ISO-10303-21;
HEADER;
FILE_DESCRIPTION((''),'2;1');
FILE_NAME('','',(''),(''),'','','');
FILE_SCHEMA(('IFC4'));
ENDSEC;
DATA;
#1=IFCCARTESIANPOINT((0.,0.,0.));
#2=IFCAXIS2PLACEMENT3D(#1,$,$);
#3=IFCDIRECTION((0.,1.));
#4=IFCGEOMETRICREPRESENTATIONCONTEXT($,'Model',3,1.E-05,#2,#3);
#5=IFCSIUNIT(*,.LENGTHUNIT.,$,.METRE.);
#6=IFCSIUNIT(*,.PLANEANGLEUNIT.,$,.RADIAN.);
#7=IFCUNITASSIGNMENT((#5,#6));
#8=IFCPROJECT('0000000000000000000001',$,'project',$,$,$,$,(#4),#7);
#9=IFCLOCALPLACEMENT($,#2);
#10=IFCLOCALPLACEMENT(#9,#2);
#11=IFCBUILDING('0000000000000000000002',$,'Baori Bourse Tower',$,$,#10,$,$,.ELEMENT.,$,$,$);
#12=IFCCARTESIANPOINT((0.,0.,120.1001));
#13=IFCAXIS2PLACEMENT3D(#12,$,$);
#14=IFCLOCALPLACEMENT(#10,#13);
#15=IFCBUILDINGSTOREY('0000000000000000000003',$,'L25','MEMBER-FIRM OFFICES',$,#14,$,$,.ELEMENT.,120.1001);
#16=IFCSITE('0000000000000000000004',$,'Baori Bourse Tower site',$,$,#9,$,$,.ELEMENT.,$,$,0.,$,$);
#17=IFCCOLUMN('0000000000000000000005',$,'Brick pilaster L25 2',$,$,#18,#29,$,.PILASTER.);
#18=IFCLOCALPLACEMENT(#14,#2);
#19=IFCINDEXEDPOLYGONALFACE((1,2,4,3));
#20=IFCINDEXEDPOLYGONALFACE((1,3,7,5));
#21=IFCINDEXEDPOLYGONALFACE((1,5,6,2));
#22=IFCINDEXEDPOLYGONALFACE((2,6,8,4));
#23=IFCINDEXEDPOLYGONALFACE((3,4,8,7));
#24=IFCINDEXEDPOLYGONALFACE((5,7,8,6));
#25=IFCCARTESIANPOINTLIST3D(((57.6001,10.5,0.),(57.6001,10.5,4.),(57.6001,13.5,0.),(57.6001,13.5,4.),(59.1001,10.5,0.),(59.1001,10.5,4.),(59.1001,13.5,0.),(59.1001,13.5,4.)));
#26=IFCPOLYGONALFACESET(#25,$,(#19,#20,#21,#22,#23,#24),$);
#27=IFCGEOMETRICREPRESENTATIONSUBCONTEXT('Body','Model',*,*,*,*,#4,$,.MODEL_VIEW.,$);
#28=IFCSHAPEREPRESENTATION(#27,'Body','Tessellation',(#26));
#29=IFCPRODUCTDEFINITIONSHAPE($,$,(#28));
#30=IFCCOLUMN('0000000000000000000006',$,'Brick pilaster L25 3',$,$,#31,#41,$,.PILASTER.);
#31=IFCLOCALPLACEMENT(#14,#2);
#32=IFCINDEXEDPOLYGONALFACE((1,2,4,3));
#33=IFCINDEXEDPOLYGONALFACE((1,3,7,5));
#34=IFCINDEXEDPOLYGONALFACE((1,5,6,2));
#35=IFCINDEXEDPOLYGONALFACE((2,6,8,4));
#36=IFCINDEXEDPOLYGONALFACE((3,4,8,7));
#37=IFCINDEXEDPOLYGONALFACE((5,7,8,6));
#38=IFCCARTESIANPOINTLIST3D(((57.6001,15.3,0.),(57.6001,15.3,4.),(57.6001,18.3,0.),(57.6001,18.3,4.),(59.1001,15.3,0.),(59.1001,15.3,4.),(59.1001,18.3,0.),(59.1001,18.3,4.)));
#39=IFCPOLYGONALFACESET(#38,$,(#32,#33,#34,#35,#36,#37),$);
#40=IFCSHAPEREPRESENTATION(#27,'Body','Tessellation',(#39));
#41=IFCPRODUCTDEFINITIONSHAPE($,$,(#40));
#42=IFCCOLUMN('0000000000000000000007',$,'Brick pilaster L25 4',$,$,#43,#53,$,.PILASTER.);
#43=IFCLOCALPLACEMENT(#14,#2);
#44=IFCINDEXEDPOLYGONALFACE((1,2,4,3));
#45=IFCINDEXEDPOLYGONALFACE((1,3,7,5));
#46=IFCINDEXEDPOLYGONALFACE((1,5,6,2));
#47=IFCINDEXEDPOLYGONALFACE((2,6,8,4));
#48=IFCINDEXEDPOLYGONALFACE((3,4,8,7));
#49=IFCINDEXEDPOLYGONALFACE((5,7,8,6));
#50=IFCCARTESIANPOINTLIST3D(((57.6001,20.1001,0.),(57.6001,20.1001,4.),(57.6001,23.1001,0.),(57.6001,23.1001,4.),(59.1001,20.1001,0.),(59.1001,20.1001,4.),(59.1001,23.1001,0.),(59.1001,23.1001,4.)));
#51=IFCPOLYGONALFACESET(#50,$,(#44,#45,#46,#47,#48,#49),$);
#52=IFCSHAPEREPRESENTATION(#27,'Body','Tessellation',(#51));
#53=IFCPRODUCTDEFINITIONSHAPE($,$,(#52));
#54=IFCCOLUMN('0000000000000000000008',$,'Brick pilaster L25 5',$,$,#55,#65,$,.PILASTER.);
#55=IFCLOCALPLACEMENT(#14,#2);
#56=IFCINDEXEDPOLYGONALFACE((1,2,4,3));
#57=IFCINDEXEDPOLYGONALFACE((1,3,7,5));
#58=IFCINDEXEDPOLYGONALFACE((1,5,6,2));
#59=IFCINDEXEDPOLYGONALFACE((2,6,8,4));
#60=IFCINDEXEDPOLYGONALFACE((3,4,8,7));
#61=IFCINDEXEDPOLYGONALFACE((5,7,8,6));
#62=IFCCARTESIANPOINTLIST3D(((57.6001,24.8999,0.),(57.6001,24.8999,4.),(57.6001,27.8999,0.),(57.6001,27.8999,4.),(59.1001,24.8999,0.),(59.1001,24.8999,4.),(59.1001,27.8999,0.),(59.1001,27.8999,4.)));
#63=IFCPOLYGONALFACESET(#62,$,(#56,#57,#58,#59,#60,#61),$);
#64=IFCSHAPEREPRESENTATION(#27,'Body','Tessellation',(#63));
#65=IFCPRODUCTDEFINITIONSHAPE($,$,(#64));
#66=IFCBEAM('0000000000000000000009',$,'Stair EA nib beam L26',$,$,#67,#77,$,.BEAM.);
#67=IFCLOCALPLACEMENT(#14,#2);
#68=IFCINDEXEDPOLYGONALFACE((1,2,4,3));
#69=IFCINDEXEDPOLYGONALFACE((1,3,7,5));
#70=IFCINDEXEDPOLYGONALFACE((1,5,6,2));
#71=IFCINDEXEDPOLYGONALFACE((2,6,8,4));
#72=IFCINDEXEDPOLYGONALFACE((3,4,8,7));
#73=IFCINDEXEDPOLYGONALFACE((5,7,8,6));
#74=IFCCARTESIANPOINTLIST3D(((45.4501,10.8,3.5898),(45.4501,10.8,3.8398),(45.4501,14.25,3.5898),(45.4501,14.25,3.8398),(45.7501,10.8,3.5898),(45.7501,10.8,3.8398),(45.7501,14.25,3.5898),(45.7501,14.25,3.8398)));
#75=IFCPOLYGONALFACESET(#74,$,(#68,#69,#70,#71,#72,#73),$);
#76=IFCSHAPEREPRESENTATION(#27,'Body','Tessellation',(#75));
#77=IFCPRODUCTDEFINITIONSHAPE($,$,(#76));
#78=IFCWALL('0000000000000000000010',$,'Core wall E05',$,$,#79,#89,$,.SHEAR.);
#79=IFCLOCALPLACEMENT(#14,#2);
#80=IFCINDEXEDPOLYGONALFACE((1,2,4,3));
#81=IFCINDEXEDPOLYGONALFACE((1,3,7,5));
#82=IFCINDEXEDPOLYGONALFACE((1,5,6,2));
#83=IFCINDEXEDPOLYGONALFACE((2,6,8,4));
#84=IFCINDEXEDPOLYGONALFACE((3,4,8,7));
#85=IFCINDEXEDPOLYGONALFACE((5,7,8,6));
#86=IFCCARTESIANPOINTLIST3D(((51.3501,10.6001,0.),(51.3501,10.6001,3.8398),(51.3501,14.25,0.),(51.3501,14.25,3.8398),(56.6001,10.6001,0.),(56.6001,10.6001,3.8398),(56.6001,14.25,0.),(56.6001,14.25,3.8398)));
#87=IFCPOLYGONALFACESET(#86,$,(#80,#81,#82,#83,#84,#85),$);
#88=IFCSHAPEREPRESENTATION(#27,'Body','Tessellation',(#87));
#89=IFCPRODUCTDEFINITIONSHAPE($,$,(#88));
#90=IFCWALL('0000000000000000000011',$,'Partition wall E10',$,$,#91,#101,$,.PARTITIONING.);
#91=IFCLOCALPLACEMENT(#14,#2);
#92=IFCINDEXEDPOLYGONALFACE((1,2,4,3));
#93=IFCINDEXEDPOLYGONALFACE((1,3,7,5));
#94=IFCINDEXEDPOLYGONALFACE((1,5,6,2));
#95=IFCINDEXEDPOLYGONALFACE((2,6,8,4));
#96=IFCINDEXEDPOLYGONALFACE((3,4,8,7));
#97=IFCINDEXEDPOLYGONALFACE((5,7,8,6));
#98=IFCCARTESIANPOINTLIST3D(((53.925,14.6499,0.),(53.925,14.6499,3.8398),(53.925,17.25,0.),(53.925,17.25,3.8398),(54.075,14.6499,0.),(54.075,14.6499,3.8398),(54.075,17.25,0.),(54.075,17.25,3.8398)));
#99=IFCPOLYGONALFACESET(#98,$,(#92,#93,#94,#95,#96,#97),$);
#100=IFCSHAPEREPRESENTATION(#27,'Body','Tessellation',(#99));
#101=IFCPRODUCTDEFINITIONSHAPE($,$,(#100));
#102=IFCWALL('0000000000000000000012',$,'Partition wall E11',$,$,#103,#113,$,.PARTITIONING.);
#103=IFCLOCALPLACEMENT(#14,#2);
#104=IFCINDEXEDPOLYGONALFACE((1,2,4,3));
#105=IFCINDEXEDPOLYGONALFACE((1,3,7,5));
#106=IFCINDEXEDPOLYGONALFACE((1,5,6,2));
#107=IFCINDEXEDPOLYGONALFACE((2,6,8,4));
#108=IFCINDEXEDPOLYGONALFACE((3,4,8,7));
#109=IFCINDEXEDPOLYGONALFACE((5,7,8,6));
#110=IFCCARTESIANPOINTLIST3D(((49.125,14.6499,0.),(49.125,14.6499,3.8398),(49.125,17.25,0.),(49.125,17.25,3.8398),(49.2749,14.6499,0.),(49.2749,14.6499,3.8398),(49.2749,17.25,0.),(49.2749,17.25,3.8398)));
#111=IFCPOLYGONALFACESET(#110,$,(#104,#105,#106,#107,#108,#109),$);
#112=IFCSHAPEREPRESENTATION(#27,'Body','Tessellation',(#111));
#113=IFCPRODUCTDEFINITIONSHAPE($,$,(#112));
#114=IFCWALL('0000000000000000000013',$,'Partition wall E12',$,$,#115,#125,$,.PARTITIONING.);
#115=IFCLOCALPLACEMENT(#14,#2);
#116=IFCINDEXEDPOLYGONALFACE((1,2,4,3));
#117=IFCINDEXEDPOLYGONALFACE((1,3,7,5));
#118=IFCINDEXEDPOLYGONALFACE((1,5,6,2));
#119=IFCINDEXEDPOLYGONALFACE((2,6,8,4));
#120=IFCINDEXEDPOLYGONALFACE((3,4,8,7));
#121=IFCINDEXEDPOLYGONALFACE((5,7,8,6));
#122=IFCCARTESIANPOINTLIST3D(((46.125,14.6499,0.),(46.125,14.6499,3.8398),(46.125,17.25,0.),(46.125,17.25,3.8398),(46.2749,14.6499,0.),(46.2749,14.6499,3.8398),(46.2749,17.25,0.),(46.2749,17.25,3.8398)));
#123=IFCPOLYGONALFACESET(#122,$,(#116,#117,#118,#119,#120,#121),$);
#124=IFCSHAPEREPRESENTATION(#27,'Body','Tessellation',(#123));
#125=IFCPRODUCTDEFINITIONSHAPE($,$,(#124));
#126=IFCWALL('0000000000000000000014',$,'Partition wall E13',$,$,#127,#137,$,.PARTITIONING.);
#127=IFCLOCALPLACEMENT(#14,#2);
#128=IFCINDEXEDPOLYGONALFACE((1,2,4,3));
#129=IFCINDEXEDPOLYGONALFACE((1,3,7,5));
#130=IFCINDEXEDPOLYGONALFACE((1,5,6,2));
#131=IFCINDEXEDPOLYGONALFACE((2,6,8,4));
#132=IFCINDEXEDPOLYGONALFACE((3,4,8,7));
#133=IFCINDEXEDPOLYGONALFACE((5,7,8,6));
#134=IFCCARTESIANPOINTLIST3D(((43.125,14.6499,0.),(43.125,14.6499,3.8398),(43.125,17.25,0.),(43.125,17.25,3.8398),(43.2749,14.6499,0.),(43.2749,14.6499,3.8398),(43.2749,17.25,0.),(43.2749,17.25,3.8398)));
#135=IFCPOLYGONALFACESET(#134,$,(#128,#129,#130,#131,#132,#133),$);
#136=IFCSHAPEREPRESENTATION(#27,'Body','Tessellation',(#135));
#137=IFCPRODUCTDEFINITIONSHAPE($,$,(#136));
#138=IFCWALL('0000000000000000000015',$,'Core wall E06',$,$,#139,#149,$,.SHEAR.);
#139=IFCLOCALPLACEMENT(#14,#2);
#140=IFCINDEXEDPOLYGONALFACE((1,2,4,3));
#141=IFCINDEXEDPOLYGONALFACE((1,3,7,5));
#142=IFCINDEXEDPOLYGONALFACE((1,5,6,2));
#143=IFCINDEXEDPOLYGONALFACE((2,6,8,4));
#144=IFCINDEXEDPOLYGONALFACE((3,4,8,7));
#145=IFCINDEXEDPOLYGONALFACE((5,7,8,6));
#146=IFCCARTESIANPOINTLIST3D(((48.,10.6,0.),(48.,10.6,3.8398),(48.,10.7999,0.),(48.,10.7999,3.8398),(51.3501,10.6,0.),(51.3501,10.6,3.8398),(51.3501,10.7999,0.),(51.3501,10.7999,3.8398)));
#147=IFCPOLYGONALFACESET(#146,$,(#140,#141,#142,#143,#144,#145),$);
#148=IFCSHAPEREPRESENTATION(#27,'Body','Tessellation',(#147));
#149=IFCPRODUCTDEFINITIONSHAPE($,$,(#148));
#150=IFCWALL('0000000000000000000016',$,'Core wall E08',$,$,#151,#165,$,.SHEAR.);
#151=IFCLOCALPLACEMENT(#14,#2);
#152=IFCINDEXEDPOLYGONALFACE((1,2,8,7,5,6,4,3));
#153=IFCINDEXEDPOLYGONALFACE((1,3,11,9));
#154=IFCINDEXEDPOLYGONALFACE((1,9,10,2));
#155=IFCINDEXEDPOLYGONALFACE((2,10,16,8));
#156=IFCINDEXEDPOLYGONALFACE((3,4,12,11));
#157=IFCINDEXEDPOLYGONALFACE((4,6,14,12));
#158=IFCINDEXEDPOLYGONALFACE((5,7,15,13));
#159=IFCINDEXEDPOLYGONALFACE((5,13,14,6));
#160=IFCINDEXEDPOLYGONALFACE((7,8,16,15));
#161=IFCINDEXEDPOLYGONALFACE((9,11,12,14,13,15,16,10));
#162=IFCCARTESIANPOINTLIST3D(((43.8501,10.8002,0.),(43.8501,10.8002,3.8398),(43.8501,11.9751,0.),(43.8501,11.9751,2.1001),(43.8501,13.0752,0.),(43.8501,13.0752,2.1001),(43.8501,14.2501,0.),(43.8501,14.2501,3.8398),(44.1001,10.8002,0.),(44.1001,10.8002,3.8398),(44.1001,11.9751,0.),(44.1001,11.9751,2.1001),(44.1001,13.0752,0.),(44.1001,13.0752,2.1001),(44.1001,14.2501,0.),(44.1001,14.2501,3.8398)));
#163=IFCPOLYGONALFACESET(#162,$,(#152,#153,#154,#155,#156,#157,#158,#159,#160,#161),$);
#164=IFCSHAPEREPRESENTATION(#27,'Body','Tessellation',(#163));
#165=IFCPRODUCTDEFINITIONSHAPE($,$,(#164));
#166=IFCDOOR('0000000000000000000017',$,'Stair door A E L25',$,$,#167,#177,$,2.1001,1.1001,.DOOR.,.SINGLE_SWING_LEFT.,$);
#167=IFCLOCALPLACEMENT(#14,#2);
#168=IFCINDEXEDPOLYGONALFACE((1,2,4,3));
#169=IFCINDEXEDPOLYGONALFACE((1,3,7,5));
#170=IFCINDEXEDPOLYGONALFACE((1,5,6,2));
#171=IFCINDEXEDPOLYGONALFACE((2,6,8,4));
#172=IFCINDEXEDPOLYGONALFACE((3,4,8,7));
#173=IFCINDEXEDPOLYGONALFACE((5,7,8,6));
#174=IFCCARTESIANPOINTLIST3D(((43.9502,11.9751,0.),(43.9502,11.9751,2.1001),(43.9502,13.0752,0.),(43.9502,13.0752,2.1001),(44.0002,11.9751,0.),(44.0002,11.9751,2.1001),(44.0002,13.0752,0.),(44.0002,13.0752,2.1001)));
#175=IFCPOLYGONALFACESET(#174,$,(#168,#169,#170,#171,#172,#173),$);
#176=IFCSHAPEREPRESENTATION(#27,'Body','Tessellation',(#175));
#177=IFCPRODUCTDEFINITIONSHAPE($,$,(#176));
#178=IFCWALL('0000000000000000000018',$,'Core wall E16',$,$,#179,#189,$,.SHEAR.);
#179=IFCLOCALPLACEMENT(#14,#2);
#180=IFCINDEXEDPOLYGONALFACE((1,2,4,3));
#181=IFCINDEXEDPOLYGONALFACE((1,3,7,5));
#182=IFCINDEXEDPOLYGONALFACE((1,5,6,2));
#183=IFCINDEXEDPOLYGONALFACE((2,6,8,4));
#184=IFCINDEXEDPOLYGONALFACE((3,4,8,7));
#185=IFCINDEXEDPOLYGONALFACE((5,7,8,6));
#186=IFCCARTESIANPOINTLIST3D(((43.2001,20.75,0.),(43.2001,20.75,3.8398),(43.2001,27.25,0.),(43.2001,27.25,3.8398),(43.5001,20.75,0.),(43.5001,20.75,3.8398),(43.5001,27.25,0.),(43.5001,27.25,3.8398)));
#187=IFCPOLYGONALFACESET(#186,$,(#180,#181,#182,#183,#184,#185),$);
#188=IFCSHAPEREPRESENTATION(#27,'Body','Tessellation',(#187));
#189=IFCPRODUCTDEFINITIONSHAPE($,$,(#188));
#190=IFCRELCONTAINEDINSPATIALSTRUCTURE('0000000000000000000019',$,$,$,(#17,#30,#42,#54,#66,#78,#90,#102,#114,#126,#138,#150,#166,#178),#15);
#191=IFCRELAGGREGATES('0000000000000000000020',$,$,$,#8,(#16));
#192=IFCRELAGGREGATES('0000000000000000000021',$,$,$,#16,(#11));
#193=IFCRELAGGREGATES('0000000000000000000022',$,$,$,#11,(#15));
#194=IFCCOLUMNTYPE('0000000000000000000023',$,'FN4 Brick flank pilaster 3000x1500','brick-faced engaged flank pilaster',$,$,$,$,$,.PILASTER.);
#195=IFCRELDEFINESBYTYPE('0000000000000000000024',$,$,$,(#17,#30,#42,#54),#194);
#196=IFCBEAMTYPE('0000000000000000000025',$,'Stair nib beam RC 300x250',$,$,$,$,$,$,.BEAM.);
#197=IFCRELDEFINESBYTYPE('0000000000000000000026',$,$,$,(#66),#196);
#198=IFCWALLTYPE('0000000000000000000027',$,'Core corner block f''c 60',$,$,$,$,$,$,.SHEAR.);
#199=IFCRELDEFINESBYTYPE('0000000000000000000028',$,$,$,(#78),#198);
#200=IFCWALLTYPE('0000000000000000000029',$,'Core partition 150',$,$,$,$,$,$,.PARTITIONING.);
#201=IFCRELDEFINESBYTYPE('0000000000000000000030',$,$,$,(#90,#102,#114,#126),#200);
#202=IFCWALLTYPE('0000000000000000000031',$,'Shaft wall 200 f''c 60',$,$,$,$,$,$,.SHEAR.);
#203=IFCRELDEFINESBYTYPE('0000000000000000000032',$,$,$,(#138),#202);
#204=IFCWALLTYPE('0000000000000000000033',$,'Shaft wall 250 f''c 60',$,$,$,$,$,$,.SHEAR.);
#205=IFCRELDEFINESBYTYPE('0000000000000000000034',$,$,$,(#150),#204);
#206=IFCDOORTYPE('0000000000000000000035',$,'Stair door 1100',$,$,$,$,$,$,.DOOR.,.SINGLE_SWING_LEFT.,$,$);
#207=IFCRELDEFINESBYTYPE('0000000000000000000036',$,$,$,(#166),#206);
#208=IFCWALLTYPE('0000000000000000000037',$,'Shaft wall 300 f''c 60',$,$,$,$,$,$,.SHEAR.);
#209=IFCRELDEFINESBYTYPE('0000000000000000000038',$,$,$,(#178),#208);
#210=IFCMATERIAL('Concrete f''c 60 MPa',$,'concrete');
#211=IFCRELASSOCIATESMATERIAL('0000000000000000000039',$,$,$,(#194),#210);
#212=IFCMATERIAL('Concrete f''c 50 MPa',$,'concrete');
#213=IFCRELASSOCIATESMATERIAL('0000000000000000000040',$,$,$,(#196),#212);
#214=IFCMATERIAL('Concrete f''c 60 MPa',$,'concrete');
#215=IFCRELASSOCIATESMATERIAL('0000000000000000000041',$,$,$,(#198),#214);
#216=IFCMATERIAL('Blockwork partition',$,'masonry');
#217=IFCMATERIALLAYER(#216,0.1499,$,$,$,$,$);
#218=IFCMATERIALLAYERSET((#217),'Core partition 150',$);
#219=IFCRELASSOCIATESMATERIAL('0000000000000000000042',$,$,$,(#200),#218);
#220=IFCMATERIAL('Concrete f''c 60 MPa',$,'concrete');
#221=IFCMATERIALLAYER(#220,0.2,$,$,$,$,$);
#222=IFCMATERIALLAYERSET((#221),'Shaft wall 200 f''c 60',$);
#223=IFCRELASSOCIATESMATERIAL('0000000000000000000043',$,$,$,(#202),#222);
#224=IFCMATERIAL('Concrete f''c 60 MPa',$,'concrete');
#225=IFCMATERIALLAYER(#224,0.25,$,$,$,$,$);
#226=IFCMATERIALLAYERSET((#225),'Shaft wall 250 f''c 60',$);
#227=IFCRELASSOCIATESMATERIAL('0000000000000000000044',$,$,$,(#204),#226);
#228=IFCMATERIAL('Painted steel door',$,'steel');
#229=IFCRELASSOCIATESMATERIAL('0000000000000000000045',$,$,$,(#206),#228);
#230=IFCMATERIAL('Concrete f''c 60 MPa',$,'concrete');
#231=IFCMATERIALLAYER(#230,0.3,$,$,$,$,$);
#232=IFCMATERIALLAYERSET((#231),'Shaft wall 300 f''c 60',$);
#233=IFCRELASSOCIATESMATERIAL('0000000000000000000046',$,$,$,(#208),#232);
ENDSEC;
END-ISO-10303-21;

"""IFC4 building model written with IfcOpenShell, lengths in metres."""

from ifc_helpers import new_model, si_unit, direction, frame, frame_2d, origin, origin_2d, place, context, subcontext, project, spatial, rectangle, extrude, material, layer, layer_set, material_profile, profile_set, type_object, element, fill, save


model = new_model("IFC4")

# Units and contexts
model_context = context("Model", 3, precision=1e-05, world=origin(), true_north=direction((0.0, 1.0)))
body_context = subcontext(model_context, "Body", "Model", "MODEL_VIEW")
ifc_project = project(units=[si_unit("LENGTHUNIT", "METRE"), si_unit("PLANEANGLEUNIT", "RADIAN")], contexts=[model_context])

# Site, building, storey
site_placement = place(None, origin())
site = spatial("IfcSite", under=ifc_project, at=site_placement, Name="Baori Bourse Tower site", CompositionType="ELEMENT", RefElevation=0.0)
building_placement = place(site_placement, origin())
building = spatial("IfcBuilding", under=site, at=building_placement, Name="Baori Bourse Tower", CompositionType="ELEMENT")
storey_placement = place(building_placement, frame((0.0, 0.0, 120.1001)))
storey = spatial("IfcBuildingStorey", under=building, at=storey_placement, Name="L25", Description="MEMBER-FIRM OFFICES", CompositionType="ELEMENT", Elevation=120.1001)

# Columns
ifc_material_1 = material(Name="Concrete f'c 60 MPa", Category="concrete")
ifc_material_profile_1 = material_profile(ifc_material_1, rectangle(XDim=3.0, YDim=1.5, at=origin_2d()), Name="RC 3000x1500")
ifc_profile_set_1 = profile_set([ifc_material_profile_1], Name="Concrete f'c 60 MPa")
column_type = type_object("IfcColumnType", Name="FN4 Brick flank pilaster 3000x1500", Description="brick-faced engaged flank pilaster", PredefinedType="PILASTER", material=ifc_profile_set_1)
for number, where, z_axis, x_axis, name in (
    (1, (58.3501, 12.0, 0.0), (0.0, 0.0, 1.0), (0.0, 1.0, 0.0), "Brick pilaster L25 2"),
    (2, (58.3501, 16.8, 0.0), (0.0, 0.0, 1.0), (0.0, 1.0, 0.0), "Brick pilaster L25 3"),
    (3, (58.3501, 21.6001, 0.0), (0.0, 0.0, 1.0), (0.0, 1.0, 0.0), "Brick pilaster L25 4"),
    (4, (58.3501, 26.3999, 0.0), (0.0, 0.0, 1.0), (0.0, 1.0, 0.0), "Brick pilaster L25 5"),
):
    element("IfcColumn", number, at=place(storey_placement, frame(where, z_axis=z_axis, x_axis=x_axis)), inside=storey, type_object=column_type, Name=name, PredefinedType="PILASTER", context=body_context, shape_type="SweptSolid", body=[
        extrude(rectangle(XDim=3.0, YDim=1.5, at=origin_2d()), origin(), (0.0, 0.0, 1.0), 4.0),
    ])

# Beam
ifc_material_2 = material(Name="Concrete f'c 50 MPa", Category="concrete")
ifc_material_profile_2 = material_profile(ifc_material_2, rectangle(XDim=0.3, YDim=0.25, at=origin_2d()), Name="RC 300x250")
ifc_profile_set_2 = profile_set([ifc_material_profile_2], Name="Concrete f'c 50 MPa")
beam_type = type_object("IfcBeamType", Name="Stair nib beam RC 300x250", PredefinedType="BEAM", material=ifc_profile_set_2)
beam_placement = place(storey_placement, frame((45.6001, 10.8, 3.7148), z_axis=(0.0, 1.0, 0.0), x_axis=(-1.0, 0.0, 0.0)))
element("IfcBeam", 5, at=beam_placement, inside=storey, type_object=beam_type, Name="Stair EA nib beam L26", PredefinedType="BEAM", context=body_context, shape_type="SweptSolid", body=[
    extrude(rectangle(XDim=0.3, YDim=0.25, at=origin_2d()), origin(), (0.0, 0.0, 1.0), 3.45),
])

# Walls
ifc_material_3 = material(Name="Concrete f'c 60 MPa", Category="concrete")
wall_type_1 = type_object("IfcWallType", Name="Core corner block f'c 60", PredefinedType="SHEAR", material=ifc_material_3)
wall_1_placement = place(storey_placement, frame((51.3501, 12.425, 0.0), z_axis=(0.0, 0.0, 1.0), x_axis=(1.0, 0.0, 0.0)))
element("IfcWall", 6, at=wall_1_placement, inside=storey, type_object=wall_type_1, Name="Core wall E05", PredefinedType="SHEAR", context=body_context, shape_type="SweptSolid", body=[
    extrude(rectangle(XDim=5.25, YDim=3.6499, at=frame_2d((2.625, 0.0))), origin(), (0.0, 0.0, 1.0), 3.8398),
])
ifc_material_4 = material(Name="Blockwork partition", Category="masonry")
ifc_layer_1 = layer(ifc_material_4, 0.1499)
ifc_layer_set_1 = layer_set([ifc_layer_1], Name="Core partition 150")
wall_type_2 = type_object("IfcWallType", Name="Core partition 150", PredefinedType="PARTITIONING", material=ifc_layer_set_1)
for number, where, z_axis, x_axis, name in (
    (7, (54.0, 14.6499, 0.0), (0.0, 0.0, 1.0), (0.0, 1.0, 0.0), "Partition wall E10"),
    (8, (49.2, 14.6499, 0.0), (0.0, 0.0, 1.0), (0.0, 1.0, 0.0), "Partition wall E11"),
    (9, (46.2, 14.6499, 0.0), (0.0, 0.0, 1.0), (0.0, 1.0, 0.0), "Partition wall E12"),
    (10, (43.2, 14.6499, 0.0), (0.0, 0.0, 1.0), (0.0, 1.0, 0.0), "Partition wall E13"),
):
    element("IfcWall", number, at=place(storey_placement, frame(where, z_axis=z_axis, x_axis=x_axis)), inside=storey, type_object=wall_type_2, Name=name, PredefinedType="PARTITIONING", context=body_context, shape_type="SweptSolid", body=[
        extrude(rectangle(XDim=2.6001, YDim=0.1499, at=frame_2d((1.3, 0.0))), origin(), (0.0, 0.0, 1.0), 3.8398),
    ])
ifc_material_5 = material(Name="Concrete f'c 60 MPa", Category="concrete")
ifc_layer_2 = layer(ifc_material_5, 0.2)
ifc_layer_set_2 = layer_set([ifc_layer_2], Name="Shaft wall 200 f'c 60")
wall_type_3 = type_object("IfcWallType", Name="Shaft wall 200 f'c 60", PredefinedType="SHEAR", material=ifc_layer_set_2)
wall_2_placement = place(storey_placement, frame((48.0, 10.7, 0.0), z_axis=(0.0, 0.0, 1.0), x_axis=(1.0, 0.0, 0.0)))
element("IfcWall", 11, at=wall_2_placement, inside=storey, type_object=wall_type_3, Name="Core wall E06", PredefinedType="SHEAR", context=body_context, shape_type="SweptSolid", body=[
    extrude(rectangle(XDim=3.3501, YDim=0.2, at=frame_2d((1.675, 0.0))), origin(), (0.0, 0.0, 1.0), 3.8398),
])

# Wall, opening, door
ifc_material_6 = material(Name="Concrete f'c 60 MPa", Category="concrete")
ifc_layer_3 = layer(ifc_material_6, 0.25)
ifc_layer_set_3 = layer_set([ifc_layer_3], Name="Shaft wall 250 f'c 60")
wall_type_4 = type_object("IfcWallType", Name="Shaft wall 250 f'c 60", PredefinedType="SHEAR", material=ifc_layer_set_3)
wall_3_placement = place(storey_placement, frame((43.9751, 10.8, 0.0), z_axis=(0.0, 0.0, 1.0), x_axis=(0.0, 1.0, 0.0)))
wall_3 = element("IfcWall", 12, at=wall_3_placement, inside=storey, type_object=wall_type_4, Name="Core wall E08", PredefinedType="SHEAR", context=body_context, shape_type="SweptSolid", body=[
    extrude(rectangle(XDim=3.45, YDim=0.25, at=frame_2d((1.7251, 0.0))), origin(), (0.0, 0.0, 1.0), 3.8398),
])
opening_1_placement = place(wall_3_placement, frame((1.175, 0.0, 0.0)))
opening_1 = element("IfcOpeningElement", 13, at=opening_1_placement, cuts=wall_3, PredefinedType="OPENING", context=body_context, shape_type="SweptSolid", body=[
    extrude(rectangle(XDim=1.1001, YDim=2.1001, at=frame_2d((0.55, 1.05))), frame((0.0, 0.135, 0.0), z_axis=(0.0, -1.0, 0.0), x_axis=(1.0, 0.0, 0.0)), (0.0, 0.0, 1.0), 0.27),
])
ifc_material_7 = material(Name="Painted steel door", Category="steel")
door_type_1 = type_object("IfcDoorType", Name="Stair door 1100", OperationType="SINGLE_SWING_LEFT", PredefinedType="DOOR", material=ifc_material_7)
door_1_placement = place(opening_1_placement, origin())
door_1 = element("IfcDoor", 14, at=door_1_placement, inside=storey, type_object=door_type_1, Name="Stair door A E L25", OperationType="SINGLE_SWING_LEFT", OverallHeight=2.1001, OverallWidth=1.1001, PredefinedType="DOOR", context=body_context, shape_type="SweptSolid", body=[
    extrude(rectangle(XDim=1.1001, YDim=2.1001, at=frame_2d((0.55, 1.05))), frame((0.0, 0.0249, 0.0), z_axis=(0.0, -1.0, 0.0), x_axis=(1.0, 0.0, 0.0)), (0.0, 0.0, 1.0), 0.05),
])
fill(opening_1, door_1)

# Wall
ifc_material_8 = material(Name="Concrete f'c 60 MPa", Category="concrete")
ifc_layer_4 = layer(ifc_material_8, 0.3)
ifc_layer_set_4 = layer_set([ifc_layer_4], Name="Shaft wall 300 f'c 60")
wall_type_5 = type_object("IfcWallType", Name="Shaft wall 300 f'c 60", PredefinedType="SHEAR", material=ifc_layer_set_4)
wall_4_placement = place(storey_placement, frame((43.3501, 20.75, 0.0), z_axis=(0.0, 0.0, 1.0), x_axis=(0.0, 1.0, 0.0)))
element("IfcWall", 15, at=wall_4_placement, inside=storey, type_object=wall_type_5, Name="Core wall E16", PredefinedType="SHEAR", context=body_context, shape_type="SweptSolid", body=[
    extrude(rectangle(XDim=6.5, YDim=0.3, at=frame_2d((3.25, 0.0))), origin(), (0.0, 0.0, 1.0), 3.8398),
])

save(model, "model.ifc")
